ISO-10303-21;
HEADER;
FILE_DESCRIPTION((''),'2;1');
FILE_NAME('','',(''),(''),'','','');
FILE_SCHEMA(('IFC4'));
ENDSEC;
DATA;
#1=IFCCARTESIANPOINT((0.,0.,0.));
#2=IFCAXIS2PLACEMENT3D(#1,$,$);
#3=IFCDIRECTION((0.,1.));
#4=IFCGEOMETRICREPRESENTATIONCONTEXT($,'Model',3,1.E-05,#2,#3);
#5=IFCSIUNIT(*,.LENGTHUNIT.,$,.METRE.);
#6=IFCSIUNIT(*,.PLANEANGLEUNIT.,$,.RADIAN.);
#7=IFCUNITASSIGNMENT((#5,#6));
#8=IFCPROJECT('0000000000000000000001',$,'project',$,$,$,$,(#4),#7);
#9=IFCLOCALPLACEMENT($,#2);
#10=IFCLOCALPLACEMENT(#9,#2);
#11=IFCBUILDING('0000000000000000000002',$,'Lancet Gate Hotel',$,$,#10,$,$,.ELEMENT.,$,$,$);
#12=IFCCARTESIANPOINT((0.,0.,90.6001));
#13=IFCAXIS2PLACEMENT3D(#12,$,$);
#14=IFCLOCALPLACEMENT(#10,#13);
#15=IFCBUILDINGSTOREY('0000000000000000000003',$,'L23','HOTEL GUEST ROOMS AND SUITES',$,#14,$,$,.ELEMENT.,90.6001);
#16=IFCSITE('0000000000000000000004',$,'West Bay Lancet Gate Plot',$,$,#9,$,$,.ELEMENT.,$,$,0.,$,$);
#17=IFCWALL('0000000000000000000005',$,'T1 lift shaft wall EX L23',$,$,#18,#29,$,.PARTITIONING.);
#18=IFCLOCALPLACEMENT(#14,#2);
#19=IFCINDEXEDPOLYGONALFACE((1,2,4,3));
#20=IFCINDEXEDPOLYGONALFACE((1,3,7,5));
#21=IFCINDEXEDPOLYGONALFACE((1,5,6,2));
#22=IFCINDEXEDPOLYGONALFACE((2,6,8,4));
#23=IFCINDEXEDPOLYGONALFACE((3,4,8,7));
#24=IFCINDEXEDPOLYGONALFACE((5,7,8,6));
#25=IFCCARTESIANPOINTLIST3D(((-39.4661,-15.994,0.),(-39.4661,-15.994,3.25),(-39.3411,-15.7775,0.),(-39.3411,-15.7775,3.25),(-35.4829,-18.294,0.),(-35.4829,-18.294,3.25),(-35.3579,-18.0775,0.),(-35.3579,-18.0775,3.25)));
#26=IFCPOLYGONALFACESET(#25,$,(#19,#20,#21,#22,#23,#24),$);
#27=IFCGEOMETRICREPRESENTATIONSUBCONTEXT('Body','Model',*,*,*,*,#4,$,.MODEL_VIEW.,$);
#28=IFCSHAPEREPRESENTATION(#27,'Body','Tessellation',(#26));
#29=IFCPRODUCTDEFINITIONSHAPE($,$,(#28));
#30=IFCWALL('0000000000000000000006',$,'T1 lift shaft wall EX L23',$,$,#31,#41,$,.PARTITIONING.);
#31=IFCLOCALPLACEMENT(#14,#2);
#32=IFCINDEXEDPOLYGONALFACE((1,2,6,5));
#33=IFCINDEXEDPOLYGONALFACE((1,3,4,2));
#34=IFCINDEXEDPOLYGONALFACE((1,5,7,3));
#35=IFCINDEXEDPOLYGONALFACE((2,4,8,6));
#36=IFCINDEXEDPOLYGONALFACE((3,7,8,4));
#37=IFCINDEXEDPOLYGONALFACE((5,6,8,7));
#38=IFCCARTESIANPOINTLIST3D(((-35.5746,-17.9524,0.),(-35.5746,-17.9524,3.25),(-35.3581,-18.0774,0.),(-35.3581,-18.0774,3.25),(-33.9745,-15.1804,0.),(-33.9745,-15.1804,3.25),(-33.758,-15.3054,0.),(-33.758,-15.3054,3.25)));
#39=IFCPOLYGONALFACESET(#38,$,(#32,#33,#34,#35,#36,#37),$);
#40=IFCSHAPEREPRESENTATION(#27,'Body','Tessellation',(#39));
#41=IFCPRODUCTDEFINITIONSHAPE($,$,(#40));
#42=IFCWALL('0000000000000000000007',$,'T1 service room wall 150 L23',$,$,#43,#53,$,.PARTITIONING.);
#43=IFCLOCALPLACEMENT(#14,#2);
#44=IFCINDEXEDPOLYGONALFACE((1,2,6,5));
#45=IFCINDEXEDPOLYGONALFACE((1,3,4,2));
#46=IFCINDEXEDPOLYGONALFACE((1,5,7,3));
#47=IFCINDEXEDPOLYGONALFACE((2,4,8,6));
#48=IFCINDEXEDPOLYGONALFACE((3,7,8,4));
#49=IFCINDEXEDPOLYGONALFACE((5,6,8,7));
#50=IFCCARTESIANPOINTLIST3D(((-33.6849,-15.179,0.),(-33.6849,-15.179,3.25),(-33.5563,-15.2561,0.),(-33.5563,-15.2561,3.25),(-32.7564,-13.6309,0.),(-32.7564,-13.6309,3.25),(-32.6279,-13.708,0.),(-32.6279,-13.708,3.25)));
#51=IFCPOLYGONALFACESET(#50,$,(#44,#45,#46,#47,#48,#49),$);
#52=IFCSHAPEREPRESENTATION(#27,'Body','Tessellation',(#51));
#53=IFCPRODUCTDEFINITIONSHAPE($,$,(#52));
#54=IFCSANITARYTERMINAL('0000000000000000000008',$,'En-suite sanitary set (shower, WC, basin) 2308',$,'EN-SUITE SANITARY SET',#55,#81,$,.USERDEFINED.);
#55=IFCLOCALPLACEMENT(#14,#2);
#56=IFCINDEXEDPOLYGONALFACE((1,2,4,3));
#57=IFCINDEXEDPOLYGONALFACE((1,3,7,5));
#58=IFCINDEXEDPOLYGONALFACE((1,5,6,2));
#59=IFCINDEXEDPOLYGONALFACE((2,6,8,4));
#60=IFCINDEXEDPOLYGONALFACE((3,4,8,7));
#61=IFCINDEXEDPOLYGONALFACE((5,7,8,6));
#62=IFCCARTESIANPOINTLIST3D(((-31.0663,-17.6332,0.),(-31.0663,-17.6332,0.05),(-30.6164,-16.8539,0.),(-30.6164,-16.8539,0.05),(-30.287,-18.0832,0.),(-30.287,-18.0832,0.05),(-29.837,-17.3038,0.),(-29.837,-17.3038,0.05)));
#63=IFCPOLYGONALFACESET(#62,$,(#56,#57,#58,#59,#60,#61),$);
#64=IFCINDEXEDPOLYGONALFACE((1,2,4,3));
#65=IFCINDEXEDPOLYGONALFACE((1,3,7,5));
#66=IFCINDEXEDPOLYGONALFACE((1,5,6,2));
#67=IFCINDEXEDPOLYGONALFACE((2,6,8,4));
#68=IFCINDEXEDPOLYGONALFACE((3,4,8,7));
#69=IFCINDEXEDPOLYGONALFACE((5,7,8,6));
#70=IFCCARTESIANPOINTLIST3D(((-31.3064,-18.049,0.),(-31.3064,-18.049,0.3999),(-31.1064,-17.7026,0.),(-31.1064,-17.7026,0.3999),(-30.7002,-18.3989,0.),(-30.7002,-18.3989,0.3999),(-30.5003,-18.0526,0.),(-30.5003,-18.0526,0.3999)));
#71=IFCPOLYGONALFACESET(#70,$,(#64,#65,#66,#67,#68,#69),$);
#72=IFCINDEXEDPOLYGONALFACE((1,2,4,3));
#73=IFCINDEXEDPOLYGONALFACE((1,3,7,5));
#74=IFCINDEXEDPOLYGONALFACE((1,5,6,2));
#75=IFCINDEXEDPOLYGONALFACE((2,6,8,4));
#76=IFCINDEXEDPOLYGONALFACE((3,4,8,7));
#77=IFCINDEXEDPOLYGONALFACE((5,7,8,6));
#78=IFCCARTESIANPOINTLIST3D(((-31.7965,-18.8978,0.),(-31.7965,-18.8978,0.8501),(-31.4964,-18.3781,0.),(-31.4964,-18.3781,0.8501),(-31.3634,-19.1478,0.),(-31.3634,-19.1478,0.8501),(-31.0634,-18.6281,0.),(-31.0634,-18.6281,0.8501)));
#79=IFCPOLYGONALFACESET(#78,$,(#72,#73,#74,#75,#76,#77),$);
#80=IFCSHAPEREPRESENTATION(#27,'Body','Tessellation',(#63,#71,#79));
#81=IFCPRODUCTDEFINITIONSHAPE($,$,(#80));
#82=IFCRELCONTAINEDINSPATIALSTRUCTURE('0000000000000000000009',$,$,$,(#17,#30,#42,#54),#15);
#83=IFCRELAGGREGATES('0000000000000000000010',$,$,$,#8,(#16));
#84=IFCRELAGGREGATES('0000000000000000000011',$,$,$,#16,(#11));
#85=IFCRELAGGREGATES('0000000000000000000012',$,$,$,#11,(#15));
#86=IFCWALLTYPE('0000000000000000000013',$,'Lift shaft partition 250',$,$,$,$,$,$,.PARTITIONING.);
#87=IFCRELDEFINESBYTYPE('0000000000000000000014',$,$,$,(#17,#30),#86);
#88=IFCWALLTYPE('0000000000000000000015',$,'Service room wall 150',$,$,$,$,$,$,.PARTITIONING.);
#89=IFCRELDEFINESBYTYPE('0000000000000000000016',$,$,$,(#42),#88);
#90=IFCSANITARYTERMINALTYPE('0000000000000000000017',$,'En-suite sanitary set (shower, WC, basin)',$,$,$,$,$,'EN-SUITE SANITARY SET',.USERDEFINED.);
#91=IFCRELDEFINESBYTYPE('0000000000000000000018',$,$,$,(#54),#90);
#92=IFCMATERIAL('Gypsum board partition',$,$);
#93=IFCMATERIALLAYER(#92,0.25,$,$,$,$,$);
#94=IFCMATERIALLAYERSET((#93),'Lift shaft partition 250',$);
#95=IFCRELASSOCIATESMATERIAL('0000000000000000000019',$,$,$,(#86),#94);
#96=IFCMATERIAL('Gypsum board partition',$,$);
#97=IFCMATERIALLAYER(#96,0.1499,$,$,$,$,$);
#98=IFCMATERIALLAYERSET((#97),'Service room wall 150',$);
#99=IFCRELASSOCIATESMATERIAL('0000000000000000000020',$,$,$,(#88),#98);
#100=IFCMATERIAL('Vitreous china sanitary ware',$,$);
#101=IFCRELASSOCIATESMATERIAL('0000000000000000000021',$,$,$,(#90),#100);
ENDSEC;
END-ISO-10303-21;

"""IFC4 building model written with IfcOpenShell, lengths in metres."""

from ifc_helpers import new_model, si_unit, direction, frame, frame_2d, origin, origin_2d, place, context, subcontext, project, spatial, rectangle, extrude, material, layer, layer_set, type_object, element, save


model = new_model("IFC4")

# Units and contexts
model_context = context("Model", 3, precision=1e-05, world=origin(), true_north=direction((0.0, 1.0)))
body_context = subcontext(model_context, "Body", "Model", "MODEL_VIEW")
ifc_project = project(units=[si_unit("LENGTHUNIT", "METRE"), si_unit("PLANEANGLEUNIT", "RADIAN")], contexts=[model_context])

# Site, building, storey
site_placement = place(None, origin())
site = spatial("IfcSite", under=ifc_project, at=site_placement, Name="West Bay Lancet Gate Plot", CompositionType="ELEMENT", RefElevation=0.0)
building_placement = place(site_placement, origin())
building = spatial("IfcBuilding", under=site, at=building_placement, Name="Lancet Gate Hotel", CompositionType="ELEMENT")
storey_placement = place(building_placement, frame((0.0, 0.0, 90.6001)))
storey = spatial("IfcBuildingStorey", under=building, at=storey_placement, Name="L23", Description="HOTEL GUEST ROOMS AND SUITES", CompositionType="ELEMENT", Elevation=90.6001)

# Walls
ifc_material_1 = material(Name="Gypsum board partition")
ifc_layer_1 = layer(ifc_material_1, 0.25)
ifc_layer_set_1 = layer_set([ifc_layer_1], Name="Lift shaft partition 250")
wall_type_1 = type_object("IfcWallType", Name="Lift shaft partition 250", PredefinedType="PARTITIONING", material=ifc_layer_set_1)
wall_1_placement = place(storey_placement, frame((-35.4204, -18.1858, 0.0), z_axis=(0.0, 0.0, 1.0), x_axis=(-0.86599, 0.500061, 0.0)))
element("IfcWall", 1, at=wall_1_placement, inside=storey, type_object=wall_type_1, Name="T1 lift shaft wall EX L23", PredefinedType="PARTITIONING", context=body_context, shape_type="SweptSolid", body=[
    extrude(rectangle(XDim=4.5996, YDim=0.25, at=frame_2d((2.2998, 0.0))), origin(), (0.0, 0.0, 1.0), 3.25),
])
wall_2_placement = place(storey_placement, frame((-33.8662, -15.2429, 0.0), z_axis=(0.0, 0.0, 1.0), x_axis=(-0.499929, -0.866066, 0.0)))
element("IfcWall", 2, at=wall_2_placement, inside=storey, type_object=wall_type_1, Name="T1 lift shaft wall EX L23", PredefinedType="PARTITIONING", context=body_context, shape_type="SweptSolid", body=[
    extrude(rectangle(XDim=3.2007, YDim=0.25, at=frame_2d((1.6003, 0.0))), origin(), (0.0, 0.0, 1.0), 3.25),
])
ifc_material_2 = material(Name="Gypsum board partition")
ifc_layer_2 = layer(ifc_material_2, 0.1499)
ifc_layer_set_2 = layer_set([ifc_layer_2], Name="Service room wall 150")
wall_type_2 = type_object("IfcWallType", Name="Service room wall 150", PredefinedType="PARTITIONING", material=ifc_layer_set_2)
wall_3_placement = place(storey_placement, frame((-33.6206, -15.2175, 0.0), z_axis=(0.0, 0.0, 1.0), x_axis=(0.514337, 0.857588, 0.0)))
element("IfcWall", 3, at=wall_3_placement, inside=storey, type_object=wall_type_2, Name="T1 service room wall 150 L23", PredefinedType="PARTITIONING", context=body_context, shape_type="SweptSolid", body=[
    extrude(rectangle(XDim=1.8052, YDim=0.1499, at=frame_2d((0.9026, 0.0))), origin(), (0.0, 0.0, 1.0), 3.25),
])

# Sanitary terminal
ifc_material_3 = material(Name="Vitreous china sanitary ware")
sanitary_terminal_type = type_object("IfcSanitaryTerminalType", Name="En-suite sanitary set (shower, WC, basin)", ElementType="EN-SUITE SANITARY SET", PredefinedType="USERDEFINED", material=ifc_material_3)
sanitary_terminal_placement = place(storey_placement, frame((-30.4517, -17.4685, 0.0), z_axis=(0.0, 0.0, 1.0), x_axis=(1.0, 0.0, 0.0)))
element("IfcSanitaryTerminal", 4, at=sanitary_terminal_placement, inside=storey, type_object=sanitary_terminal_type, Name="En-suite sanitary set (shower, WC, basin) 2308", ObjectType="EN-SUITE SANITARY SET", PredefinedType="USERDEFINED", context=body_context, shape_type="SweptSolid", body=[
    extrude(rectangle(XDim=0.8999, YDim=0.8999, at=origin_2d()), frame((0.0, 0.0, 0.0), z_axis=(0.0, 0.0, 1.0), x_axis=(0.5, 0.866025, 0.0)), (0.0, 0.0, 1.0), 0.05),
    extrude(rectangle(XDim=0.3999, YDim=0.7, at=origin_2d()), frame((-0.4517, -0.5823, 0.0), z_axis=(0.0, 0.0, 1.0), x_axis=(0.5, 0.866025, 0.0)), (0.0, 0.0, 1.0), 0.3999),
    extrude(rectangle(XDim=0.6001, YDim=0.5, at=origin_2d()), frame((-0.9783, -1.2944, 0.0), z_axis=(0.0, 0.0, 1.0), x_axis=(0.5, 0.866025, 0.0)), (0.0, 0.0, 1.0), 0.8501),
])

save(model, "model.ifc")
